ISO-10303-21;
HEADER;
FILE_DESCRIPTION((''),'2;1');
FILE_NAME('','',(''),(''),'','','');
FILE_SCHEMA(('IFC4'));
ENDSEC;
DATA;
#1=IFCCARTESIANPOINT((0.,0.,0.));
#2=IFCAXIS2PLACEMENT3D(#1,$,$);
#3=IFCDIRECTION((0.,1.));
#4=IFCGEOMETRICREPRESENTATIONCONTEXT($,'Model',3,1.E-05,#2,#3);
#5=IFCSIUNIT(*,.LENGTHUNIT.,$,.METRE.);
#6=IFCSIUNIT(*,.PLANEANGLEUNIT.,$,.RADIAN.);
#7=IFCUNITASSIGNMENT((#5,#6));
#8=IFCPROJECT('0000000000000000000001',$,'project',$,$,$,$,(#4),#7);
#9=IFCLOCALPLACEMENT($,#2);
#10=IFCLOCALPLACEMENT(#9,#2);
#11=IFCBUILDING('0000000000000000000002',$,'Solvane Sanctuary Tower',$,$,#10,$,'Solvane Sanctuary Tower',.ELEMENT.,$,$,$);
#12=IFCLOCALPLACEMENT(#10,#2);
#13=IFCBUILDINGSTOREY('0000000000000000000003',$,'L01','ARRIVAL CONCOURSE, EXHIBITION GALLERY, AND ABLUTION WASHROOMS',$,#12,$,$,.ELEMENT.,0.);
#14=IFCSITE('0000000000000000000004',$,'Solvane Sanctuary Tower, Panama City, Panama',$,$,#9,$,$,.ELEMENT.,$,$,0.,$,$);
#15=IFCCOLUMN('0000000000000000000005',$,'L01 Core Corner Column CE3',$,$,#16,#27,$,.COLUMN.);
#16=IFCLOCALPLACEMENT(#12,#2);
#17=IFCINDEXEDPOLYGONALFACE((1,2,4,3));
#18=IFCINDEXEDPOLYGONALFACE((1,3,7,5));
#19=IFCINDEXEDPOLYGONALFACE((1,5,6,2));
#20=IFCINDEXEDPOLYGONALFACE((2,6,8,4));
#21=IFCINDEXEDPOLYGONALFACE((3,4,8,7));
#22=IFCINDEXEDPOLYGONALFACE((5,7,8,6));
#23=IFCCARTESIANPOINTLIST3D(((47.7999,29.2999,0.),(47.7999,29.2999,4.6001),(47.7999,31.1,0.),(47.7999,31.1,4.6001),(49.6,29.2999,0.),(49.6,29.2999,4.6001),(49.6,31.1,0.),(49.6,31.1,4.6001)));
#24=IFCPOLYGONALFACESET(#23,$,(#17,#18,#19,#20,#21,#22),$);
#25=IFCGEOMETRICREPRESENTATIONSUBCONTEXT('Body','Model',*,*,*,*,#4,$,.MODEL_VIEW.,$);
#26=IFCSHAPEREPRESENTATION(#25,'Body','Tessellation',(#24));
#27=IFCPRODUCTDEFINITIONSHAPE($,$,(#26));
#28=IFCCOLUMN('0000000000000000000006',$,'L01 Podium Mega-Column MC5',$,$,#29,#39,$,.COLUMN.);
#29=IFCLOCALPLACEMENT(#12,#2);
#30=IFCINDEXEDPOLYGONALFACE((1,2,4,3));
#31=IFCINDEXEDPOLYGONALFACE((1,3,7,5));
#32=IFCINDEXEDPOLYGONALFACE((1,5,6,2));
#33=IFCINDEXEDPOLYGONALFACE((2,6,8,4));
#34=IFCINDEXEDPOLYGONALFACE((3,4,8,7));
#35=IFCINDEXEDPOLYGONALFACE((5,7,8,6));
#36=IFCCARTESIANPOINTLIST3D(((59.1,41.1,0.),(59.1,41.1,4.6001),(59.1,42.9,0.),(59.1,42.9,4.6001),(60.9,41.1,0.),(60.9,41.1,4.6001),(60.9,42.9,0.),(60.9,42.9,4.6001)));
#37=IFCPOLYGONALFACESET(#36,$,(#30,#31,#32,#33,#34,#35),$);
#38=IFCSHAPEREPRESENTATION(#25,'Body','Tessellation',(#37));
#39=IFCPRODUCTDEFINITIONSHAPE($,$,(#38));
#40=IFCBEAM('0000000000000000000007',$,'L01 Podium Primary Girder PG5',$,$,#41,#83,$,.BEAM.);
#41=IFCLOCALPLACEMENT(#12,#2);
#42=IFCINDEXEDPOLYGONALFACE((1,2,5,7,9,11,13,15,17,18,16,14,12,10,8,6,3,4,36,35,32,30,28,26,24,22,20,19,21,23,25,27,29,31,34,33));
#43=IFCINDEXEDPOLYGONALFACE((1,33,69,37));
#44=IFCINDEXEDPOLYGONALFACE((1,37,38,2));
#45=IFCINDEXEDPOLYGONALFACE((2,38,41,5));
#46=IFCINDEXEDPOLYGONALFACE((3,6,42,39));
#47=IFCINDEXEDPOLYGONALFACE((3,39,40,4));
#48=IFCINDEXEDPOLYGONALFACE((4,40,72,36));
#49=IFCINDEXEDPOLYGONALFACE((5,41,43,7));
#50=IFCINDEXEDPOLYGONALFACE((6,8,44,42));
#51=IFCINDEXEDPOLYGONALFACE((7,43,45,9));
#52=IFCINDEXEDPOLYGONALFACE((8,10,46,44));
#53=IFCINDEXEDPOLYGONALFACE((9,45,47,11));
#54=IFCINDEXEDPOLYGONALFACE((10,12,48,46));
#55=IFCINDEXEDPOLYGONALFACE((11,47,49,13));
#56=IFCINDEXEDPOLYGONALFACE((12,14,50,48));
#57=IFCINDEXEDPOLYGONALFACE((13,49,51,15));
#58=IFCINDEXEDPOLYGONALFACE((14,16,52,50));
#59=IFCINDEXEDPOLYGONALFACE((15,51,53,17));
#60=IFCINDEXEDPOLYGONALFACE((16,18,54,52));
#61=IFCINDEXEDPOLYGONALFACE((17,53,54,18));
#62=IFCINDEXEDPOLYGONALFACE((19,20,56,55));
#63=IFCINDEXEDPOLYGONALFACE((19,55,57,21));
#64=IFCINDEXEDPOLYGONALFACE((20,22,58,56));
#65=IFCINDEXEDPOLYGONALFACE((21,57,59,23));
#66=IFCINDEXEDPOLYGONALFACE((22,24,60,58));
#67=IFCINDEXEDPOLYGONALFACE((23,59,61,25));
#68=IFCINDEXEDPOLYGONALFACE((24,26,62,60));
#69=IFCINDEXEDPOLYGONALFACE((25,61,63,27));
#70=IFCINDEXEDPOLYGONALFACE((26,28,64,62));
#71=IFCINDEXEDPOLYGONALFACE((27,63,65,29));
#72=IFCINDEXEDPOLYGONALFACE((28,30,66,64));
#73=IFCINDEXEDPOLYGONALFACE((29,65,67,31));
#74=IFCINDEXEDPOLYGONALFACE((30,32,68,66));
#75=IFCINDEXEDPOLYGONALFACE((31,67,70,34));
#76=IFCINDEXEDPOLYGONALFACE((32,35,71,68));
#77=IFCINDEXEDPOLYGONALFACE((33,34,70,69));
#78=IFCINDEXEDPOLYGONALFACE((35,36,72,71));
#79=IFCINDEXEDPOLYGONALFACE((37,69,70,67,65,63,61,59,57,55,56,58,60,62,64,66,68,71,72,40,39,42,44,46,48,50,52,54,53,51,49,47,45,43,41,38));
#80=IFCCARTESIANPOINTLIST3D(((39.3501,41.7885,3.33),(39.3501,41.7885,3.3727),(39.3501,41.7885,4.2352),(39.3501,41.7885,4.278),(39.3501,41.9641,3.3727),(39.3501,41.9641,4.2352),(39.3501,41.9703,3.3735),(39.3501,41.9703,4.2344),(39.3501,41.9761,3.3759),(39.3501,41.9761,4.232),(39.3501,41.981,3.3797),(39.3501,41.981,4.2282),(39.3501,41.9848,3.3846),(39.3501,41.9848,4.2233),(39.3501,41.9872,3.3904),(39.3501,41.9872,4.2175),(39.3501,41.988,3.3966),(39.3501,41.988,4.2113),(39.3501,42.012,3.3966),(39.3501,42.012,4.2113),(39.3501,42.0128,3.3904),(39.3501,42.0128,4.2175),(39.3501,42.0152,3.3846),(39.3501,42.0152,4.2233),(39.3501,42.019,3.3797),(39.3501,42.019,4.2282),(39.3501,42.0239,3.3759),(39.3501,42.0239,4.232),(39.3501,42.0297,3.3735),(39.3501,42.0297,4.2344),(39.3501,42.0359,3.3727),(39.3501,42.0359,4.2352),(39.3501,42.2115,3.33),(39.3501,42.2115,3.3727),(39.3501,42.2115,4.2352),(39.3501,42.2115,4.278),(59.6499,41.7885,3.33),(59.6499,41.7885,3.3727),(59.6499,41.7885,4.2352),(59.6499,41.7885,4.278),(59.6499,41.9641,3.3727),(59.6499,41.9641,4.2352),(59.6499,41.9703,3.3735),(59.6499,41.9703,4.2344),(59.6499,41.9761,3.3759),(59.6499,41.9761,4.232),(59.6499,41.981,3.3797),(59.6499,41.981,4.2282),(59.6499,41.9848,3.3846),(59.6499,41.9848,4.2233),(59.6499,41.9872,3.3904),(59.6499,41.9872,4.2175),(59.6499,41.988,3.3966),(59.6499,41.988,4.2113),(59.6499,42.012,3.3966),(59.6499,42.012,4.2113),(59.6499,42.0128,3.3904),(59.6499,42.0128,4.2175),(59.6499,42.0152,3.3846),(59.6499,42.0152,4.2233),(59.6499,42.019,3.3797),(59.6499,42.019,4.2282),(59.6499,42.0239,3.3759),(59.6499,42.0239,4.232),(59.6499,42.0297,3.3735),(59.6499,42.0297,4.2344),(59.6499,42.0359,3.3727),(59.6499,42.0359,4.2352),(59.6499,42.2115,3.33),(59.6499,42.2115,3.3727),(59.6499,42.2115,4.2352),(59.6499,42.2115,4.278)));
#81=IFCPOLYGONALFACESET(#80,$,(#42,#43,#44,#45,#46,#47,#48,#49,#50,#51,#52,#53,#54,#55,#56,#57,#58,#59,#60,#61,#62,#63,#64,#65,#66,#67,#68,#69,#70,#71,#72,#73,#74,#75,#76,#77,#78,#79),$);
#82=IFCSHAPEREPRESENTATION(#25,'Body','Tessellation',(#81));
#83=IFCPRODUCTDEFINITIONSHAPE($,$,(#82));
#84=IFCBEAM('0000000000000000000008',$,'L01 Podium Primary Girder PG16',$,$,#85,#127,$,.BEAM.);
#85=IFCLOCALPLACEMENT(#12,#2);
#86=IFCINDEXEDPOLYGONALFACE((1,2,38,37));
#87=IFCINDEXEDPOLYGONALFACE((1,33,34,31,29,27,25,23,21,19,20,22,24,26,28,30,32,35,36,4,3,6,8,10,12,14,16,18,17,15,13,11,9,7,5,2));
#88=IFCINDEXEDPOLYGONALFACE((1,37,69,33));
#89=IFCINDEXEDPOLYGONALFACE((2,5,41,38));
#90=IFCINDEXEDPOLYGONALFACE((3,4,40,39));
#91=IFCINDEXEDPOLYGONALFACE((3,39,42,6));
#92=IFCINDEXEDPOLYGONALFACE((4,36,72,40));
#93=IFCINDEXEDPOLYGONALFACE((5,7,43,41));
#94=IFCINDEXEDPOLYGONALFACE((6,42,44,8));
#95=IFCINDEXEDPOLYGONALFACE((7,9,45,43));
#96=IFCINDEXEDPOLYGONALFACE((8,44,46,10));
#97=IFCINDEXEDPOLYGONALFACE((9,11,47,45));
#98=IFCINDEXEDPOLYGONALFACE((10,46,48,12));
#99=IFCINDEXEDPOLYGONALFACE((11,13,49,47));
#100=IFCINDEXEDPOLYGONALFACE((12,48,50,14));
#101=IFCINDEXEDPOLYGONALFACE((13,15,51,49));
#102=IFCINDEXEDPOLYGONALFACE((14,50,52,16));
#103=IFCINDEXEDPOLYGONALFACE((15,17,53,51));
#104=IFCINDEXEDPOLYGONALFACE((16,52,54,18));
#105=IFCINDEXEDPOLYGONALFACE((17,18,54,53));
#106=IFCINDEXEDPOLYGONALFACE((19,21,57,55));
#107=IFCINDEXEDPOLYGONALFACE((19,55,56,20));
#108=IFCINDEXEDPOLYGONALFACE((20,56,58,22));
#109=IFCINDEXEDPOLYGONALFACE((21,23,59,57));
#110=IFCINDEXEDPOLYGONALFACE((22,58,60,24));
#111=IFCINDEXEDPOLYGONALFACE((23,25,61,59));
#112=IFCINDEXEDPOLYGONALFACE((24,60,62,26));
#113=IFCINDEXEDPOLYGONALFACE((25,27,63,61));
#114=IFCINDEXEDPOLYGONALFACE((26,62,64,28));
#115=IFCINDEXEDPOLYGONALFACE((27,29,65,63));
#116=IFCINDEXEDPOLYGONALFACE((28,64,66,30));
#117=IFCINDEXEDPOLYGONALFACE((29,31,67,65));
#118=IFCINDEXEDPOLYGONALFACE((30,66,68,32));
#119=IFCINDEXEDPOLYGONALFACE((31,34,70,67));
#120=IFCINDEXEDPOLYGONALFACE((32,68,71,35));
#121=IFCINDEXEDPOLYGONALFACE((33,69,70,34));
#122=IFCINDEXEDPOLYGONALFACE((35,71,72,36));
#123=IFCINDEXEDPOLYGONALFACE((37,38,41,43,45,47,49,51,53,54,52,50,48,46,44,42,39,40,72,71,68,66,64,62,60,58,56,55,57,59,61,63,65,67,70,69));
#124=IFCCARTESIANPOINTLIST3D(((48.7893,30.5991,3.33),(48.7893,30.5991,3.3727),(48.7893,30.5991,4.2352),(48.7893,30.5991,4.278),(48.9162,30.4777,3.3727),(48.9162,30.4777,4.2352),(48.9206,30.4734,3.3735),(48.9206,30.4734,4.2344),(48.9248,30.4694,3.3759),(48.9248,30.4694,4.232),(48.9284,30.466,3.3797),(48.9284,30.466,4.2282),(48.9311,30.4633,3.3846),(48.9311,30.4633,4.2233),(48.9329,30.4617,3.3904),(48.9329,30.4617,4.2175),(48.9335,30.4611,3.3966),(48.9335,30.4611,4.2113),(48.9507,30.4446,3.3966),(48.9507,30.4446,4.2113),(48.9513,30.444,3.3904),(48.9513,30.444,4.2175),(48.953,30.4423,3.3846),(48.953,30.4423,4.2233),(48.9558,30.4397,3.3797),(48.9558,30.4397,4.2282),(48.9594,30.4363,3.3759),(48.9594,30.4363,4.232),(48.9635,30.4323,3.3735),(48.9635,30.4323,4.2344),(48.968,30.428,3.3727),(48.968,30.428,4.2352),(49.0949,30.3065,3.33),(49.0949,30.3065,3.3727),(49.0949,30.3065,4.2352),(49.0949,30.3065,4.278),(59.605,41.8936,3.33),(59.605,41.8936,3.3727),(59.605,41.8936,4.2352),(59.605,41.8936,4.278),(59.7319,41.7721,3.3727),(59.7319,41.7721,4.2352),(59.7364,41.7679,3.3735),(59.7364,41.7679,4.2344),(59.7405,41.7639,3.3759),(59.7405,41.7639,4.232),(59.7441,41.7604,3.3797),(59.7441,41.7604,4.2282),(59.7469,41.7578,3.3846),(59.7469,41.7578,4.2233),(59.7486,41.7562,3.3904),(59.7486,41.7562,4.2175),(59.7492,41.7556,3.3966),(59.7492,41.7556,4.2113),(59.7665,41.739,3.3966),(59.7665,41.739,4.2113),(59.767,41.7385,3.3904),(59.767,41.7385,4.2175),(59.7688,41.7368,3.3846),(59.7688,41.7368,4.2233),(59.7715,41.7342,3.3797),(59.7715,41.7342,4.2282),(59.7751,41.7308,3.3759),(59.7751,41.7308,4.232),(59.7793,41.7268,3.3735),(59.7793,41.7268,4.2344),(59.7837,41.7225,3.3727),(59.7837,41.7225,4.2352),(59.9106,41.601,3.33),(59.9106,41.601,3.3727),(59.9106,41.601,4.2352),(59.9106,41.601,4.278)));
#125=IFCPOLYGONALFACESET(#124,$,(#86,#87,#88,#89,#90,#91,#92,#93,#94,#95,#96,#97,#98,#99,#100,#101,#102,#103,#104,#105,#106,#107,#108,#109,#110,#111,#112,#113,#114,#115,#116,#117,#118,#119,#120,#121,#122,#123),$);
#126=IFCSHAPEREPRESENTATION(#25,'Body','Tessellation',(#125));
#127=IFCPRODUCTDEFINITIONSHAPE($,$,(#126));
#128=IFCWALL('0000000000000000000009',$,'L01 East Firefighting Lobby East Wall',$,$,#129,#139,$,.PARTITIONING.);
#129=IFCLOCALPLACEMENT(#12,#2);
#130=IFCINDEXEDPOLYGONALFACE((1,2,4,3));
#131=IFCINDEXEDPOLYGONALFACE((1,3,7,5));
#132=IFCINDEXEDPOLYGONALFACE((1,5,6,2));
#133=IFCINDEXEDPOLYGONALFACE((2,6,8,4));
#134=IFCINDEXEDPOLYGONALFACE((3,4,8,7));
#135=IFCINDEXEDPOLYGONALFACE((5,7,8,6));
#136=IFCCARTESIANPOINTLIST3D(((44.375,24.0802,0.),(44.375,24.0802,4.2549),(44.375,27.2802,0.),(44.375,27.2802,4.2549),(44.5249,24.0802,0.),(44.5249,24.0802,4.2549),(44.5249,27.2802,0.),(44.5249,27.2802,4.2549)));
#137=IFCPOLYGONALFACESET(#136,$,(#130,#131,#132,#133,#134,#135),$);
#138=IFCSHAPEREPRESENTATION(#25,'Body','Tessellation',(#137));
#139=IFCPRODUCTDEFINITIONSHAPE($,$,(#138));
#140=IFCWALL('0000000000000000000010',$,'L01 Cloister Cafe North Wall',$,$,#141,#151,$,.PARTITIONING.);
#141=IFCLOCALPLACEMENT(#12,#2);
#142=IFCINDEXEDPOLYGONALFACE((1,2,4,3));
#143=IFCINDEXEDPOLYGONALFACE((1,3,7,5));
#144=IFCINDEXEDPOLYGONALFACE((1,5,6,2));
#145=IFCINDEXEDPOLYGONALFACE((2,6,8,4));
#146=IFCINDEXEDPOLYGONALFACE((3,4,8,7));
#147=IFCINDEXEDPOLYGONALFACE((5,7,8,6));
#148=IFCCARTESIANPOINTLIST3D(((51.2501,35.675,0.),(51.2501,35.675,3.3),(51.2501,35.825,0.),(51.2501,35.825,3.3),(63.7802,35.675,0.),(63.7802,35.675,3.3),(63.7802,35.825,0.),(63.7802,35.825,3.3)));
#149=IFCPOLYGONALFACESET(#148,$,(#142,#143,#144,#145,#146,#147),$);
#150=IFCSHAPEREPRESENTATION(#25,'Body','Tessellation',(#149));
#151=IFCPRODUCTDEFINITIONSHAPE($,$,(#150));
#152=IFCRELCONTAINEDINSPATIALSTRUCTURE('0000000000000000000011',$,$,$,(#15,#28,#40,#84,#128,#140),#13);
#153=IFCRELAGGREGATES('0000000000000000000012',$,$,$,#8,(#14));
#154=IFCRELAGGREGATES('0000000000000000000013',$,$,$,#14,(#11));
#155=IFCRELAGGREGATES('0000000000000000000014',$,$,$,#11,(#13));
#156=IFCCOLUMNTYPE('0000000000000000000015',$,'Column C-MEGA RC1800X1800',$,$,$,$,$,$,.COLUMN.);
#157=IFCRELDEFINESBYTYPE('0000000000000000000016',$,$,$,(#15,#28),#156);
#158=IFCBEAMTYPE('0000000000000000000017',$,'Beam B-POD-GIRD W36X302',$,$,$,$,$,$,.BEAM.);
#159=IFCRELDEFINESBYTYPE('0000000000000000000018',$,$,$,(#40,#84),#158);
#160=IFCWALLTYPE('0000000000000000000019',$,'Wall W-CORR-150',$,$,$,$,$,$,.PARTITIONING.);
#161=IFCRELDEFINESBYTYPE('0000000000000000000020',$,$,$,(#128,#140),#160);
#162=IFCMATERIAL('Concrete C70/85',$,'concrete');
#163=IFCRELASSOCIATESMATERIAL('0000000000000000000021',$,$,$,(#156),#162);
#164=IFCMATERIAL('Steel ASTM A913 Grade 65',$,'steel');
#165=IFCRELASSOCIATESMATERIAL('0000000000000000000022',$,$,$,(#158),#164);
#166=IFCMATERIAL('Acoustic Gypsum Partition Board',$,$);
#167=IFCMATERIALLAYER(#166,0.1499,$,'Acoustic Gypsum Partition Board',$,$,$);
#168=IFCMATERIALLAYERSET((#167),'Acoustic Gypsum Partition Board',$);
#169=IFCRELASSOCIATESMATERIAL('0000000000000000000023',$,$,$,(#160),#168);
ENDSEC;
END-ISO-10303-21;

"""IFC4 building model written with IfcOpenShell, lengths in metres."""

from ifc_helpers import new_model, si_unit, direction, frame, frame_2d, origin, origin_2d, place, context, subcontext, project, spatial, rectangle, i_section, extrude, material, layer, layer_set, material_profile, profile_set, type_object, element, save


model = new_model("IFC4")

# Units and contexts
model_context = context("Model", 3, precision=1e-05, world=origin(), true_north=direction((0.0, 1.0)))
body_context = subcontext(model_context, "Body", "Model", "MODEL_VIEW")
ifc_project = project(units=[si_unit("LENGTHUNIT", "METRE"), si_unit("PLANEANGLEUNIT", "RADIAN")], contexts=[model_context])

# Site, building, storey
site_placement = place(None, origin())
site = spatial("IfcSite", under=ifc_project, at=site_placement, Name="Solvane Sanctuary Tower, Panama City, Panama", CompositionType="ELEMENT", RefElevation=0.0)
building_placement = place(site_placement, origin())
building = spatial("IfcBuilding", under=site, at=building_placement, Name="Solvane Sanctuary Tower", LongName="Solvane Sanctuary Tower", CompositionType="ELEMENT")
storey_placement = place(building_placement, origin())
storey = spatial("IfcBuildingStorey", under=building, at=storey_placement, Name="L01", Description="ARRIVAL CONCOURSE, EXHIBITION GALLERY, AND ABLUTION WASHROOMS", CompositionType="ELEMENT", Elevation=0.0)

# Columns
ifc_material_1 = material(Name="Concrete C70/85", Category="concrete")
ifc_material_profile_1 = material_profile(ifc_material_1, rectangle(XDim=1.8, YDim=1.8, at=origin_2d()), Name="RC1800X1800")
ifc_profile_set_1 = profile_set([ifc_material_profile_1], Name="Concrete C70/85")
column_type = type_object("IfcColumnType", Name="Column C-MEGA RC1800X1800", PredefinedType="COLUMN", material=ifc_profile_set_1)
for number, where, z_axis, x_axis, name in (
    (1, (48.7, 30.2, 0.0), (0.0, 0.0, 1.0), (1.0, 0.0, 0.0), "L01 Core Corner Column CE3"),
    (2, (60.0, 42.0, 0.0), (0.0, 0.0, 1.0), (1.0, 0.0, 0.0), "L01 Podium Mega-Column MC5"),
):
    element("IfcColumn", number, at=place(storey_placement, frame(where, z_axis=z_axis, x_axis=x_axis)), inside=storey, type_object=column_type, Name=name, PredefinedType="COLUMN", context=body_context, shape_type="SweptSolid", body=[
        extrude(rectangle(XDim=1.8, YDim=1.8, at=origin_2d()), origin(), (0.0, 0.0, 1.0), 4.6001),
    ])

# Beams
ifc_material_2 = material(Name="Steel ASTM A913 Grade 65", Category="steel")
ifc_material_profile_2 = material_profile(ifc_material_2, i_section(OverallWidth=0.4231, OverallDepth=0.948, WebThickness=0.0239, FlangeThickness=0.0427, FilletRadius=0.0239, at=origin_2d()), Name="W36X302")
ifc_profile_set_2 = profile_set([ifc_material_profile_2], Name="Steel ASTM A913 Grade 65")
beam_type = type_object("IfcBeamType", Name="Beam B-POD-GIRD W36X302", PredefinedType="BEAM", material=ifc_profile_set_2)
beam_1_placement = place(storey_placement, frame((59.6499, 42.0, 3.804), z_axis=(-1.0, 0.0, 0.0), x_axis=(0.0, -1.0, 0.0)))
element("IfcBeam", 3, at=beam_1_placement, inside=storey, type_object=beam_type, Name="L01 Podium Primary Girder PG5", PredefinedType="BEAM", context=body_context, shape_type="SweptSolid", body=[
    extrude(i_section(OverallWidth=0.4231, OverallDepth=0.948, WebThickness=0.0239, FlangeThickness=0.0427, FilletRadius=0.0239, at=origin_2d()), origin(), (0.0, 0.0, 1.0), 20.2998),
])
beam_2_placement = place(storey_placement, frame((59.7578, 41.7473, 3.804), z_axis=(-0.691633, -0.722249, 0.0), x_axis=(0.722249, -0.691633, 0.0)))
element("IfcBeam", 4, at=beam_2_placement, inside=storey, type_object=beam_type, Name="L01 Podium Primary Girder PG16", PredefinedType="BEAM", context=body_context, shape_type="SweptSolid", body=[
    extrude(i_section(OverallWidth=0.4231, OverallDepth=0.948, WebThickness=0.0239, FlangeThickness=0.0427, FilletRadius=0.0239, at=origin_2d()), origin(), (0.0, 0.0, 1.0), 15.6379),
])

# Walls
ifc_material_3 = material(Name="Acoustic Gypsum Partition Board")
ifc_layer_1 = layer(ifc_material_3, 0.1499, Name="Acoustic Gypsum Partition Board")
ifc_layer_set_1 = layer_set([ifc_layer_1], Name="Acoustic Gypsum Partition Board")
wall_type_1 = type_object("IfcWallType", Name="Wall W-CORR-150", PredefinedType="PARTITIONING", material=ifc_layer_set_1)
wall_1_placement = place(storey_placement, frame((44.45, 24.0801, 0.0), z_axis=(0.0, 0.0, 1.0), x_axis=(0.0, 1.0, 0.0)))
element("IfcWall", 5, at=wall_1_placement, inside=storey, type_object=wall_type_1, Name="L01 East Firefighting Lobby East Wall", PredefinedType="PARTITIONING", context=body_context, shape_type="SweptSolid", body=[
    extrude(rectangle(XDim=3.2, YDim=0.1499, at=frame_2d((1.6001, 0.0))), origin(), (0.0, 0.0, 1.0), 4.2549),
])
wall_2_placement = place(storey_placement, frame((51.25, 35.75, 0.0), z_axis=(0.0, 0.0, 1.0), x_axis=(1.0, 0.0, 0.0)))
element("IfcWall", 6, at=wall_2_placement, inside=storey, type_object=wall_type_1, Name="L01 Cloister Cafe North Wall", PredefinedType="PARTITIONING", context=body_context, shape_type="SweptSolid", body=[
    extrude(rectangle(XDim=12.53, YDim=0.1499, at=frame_2d((6.2651, 0.0))), origin(), (0.0, 0.0, 1.0), 3.3),
])

save(model, "model.ifc")
